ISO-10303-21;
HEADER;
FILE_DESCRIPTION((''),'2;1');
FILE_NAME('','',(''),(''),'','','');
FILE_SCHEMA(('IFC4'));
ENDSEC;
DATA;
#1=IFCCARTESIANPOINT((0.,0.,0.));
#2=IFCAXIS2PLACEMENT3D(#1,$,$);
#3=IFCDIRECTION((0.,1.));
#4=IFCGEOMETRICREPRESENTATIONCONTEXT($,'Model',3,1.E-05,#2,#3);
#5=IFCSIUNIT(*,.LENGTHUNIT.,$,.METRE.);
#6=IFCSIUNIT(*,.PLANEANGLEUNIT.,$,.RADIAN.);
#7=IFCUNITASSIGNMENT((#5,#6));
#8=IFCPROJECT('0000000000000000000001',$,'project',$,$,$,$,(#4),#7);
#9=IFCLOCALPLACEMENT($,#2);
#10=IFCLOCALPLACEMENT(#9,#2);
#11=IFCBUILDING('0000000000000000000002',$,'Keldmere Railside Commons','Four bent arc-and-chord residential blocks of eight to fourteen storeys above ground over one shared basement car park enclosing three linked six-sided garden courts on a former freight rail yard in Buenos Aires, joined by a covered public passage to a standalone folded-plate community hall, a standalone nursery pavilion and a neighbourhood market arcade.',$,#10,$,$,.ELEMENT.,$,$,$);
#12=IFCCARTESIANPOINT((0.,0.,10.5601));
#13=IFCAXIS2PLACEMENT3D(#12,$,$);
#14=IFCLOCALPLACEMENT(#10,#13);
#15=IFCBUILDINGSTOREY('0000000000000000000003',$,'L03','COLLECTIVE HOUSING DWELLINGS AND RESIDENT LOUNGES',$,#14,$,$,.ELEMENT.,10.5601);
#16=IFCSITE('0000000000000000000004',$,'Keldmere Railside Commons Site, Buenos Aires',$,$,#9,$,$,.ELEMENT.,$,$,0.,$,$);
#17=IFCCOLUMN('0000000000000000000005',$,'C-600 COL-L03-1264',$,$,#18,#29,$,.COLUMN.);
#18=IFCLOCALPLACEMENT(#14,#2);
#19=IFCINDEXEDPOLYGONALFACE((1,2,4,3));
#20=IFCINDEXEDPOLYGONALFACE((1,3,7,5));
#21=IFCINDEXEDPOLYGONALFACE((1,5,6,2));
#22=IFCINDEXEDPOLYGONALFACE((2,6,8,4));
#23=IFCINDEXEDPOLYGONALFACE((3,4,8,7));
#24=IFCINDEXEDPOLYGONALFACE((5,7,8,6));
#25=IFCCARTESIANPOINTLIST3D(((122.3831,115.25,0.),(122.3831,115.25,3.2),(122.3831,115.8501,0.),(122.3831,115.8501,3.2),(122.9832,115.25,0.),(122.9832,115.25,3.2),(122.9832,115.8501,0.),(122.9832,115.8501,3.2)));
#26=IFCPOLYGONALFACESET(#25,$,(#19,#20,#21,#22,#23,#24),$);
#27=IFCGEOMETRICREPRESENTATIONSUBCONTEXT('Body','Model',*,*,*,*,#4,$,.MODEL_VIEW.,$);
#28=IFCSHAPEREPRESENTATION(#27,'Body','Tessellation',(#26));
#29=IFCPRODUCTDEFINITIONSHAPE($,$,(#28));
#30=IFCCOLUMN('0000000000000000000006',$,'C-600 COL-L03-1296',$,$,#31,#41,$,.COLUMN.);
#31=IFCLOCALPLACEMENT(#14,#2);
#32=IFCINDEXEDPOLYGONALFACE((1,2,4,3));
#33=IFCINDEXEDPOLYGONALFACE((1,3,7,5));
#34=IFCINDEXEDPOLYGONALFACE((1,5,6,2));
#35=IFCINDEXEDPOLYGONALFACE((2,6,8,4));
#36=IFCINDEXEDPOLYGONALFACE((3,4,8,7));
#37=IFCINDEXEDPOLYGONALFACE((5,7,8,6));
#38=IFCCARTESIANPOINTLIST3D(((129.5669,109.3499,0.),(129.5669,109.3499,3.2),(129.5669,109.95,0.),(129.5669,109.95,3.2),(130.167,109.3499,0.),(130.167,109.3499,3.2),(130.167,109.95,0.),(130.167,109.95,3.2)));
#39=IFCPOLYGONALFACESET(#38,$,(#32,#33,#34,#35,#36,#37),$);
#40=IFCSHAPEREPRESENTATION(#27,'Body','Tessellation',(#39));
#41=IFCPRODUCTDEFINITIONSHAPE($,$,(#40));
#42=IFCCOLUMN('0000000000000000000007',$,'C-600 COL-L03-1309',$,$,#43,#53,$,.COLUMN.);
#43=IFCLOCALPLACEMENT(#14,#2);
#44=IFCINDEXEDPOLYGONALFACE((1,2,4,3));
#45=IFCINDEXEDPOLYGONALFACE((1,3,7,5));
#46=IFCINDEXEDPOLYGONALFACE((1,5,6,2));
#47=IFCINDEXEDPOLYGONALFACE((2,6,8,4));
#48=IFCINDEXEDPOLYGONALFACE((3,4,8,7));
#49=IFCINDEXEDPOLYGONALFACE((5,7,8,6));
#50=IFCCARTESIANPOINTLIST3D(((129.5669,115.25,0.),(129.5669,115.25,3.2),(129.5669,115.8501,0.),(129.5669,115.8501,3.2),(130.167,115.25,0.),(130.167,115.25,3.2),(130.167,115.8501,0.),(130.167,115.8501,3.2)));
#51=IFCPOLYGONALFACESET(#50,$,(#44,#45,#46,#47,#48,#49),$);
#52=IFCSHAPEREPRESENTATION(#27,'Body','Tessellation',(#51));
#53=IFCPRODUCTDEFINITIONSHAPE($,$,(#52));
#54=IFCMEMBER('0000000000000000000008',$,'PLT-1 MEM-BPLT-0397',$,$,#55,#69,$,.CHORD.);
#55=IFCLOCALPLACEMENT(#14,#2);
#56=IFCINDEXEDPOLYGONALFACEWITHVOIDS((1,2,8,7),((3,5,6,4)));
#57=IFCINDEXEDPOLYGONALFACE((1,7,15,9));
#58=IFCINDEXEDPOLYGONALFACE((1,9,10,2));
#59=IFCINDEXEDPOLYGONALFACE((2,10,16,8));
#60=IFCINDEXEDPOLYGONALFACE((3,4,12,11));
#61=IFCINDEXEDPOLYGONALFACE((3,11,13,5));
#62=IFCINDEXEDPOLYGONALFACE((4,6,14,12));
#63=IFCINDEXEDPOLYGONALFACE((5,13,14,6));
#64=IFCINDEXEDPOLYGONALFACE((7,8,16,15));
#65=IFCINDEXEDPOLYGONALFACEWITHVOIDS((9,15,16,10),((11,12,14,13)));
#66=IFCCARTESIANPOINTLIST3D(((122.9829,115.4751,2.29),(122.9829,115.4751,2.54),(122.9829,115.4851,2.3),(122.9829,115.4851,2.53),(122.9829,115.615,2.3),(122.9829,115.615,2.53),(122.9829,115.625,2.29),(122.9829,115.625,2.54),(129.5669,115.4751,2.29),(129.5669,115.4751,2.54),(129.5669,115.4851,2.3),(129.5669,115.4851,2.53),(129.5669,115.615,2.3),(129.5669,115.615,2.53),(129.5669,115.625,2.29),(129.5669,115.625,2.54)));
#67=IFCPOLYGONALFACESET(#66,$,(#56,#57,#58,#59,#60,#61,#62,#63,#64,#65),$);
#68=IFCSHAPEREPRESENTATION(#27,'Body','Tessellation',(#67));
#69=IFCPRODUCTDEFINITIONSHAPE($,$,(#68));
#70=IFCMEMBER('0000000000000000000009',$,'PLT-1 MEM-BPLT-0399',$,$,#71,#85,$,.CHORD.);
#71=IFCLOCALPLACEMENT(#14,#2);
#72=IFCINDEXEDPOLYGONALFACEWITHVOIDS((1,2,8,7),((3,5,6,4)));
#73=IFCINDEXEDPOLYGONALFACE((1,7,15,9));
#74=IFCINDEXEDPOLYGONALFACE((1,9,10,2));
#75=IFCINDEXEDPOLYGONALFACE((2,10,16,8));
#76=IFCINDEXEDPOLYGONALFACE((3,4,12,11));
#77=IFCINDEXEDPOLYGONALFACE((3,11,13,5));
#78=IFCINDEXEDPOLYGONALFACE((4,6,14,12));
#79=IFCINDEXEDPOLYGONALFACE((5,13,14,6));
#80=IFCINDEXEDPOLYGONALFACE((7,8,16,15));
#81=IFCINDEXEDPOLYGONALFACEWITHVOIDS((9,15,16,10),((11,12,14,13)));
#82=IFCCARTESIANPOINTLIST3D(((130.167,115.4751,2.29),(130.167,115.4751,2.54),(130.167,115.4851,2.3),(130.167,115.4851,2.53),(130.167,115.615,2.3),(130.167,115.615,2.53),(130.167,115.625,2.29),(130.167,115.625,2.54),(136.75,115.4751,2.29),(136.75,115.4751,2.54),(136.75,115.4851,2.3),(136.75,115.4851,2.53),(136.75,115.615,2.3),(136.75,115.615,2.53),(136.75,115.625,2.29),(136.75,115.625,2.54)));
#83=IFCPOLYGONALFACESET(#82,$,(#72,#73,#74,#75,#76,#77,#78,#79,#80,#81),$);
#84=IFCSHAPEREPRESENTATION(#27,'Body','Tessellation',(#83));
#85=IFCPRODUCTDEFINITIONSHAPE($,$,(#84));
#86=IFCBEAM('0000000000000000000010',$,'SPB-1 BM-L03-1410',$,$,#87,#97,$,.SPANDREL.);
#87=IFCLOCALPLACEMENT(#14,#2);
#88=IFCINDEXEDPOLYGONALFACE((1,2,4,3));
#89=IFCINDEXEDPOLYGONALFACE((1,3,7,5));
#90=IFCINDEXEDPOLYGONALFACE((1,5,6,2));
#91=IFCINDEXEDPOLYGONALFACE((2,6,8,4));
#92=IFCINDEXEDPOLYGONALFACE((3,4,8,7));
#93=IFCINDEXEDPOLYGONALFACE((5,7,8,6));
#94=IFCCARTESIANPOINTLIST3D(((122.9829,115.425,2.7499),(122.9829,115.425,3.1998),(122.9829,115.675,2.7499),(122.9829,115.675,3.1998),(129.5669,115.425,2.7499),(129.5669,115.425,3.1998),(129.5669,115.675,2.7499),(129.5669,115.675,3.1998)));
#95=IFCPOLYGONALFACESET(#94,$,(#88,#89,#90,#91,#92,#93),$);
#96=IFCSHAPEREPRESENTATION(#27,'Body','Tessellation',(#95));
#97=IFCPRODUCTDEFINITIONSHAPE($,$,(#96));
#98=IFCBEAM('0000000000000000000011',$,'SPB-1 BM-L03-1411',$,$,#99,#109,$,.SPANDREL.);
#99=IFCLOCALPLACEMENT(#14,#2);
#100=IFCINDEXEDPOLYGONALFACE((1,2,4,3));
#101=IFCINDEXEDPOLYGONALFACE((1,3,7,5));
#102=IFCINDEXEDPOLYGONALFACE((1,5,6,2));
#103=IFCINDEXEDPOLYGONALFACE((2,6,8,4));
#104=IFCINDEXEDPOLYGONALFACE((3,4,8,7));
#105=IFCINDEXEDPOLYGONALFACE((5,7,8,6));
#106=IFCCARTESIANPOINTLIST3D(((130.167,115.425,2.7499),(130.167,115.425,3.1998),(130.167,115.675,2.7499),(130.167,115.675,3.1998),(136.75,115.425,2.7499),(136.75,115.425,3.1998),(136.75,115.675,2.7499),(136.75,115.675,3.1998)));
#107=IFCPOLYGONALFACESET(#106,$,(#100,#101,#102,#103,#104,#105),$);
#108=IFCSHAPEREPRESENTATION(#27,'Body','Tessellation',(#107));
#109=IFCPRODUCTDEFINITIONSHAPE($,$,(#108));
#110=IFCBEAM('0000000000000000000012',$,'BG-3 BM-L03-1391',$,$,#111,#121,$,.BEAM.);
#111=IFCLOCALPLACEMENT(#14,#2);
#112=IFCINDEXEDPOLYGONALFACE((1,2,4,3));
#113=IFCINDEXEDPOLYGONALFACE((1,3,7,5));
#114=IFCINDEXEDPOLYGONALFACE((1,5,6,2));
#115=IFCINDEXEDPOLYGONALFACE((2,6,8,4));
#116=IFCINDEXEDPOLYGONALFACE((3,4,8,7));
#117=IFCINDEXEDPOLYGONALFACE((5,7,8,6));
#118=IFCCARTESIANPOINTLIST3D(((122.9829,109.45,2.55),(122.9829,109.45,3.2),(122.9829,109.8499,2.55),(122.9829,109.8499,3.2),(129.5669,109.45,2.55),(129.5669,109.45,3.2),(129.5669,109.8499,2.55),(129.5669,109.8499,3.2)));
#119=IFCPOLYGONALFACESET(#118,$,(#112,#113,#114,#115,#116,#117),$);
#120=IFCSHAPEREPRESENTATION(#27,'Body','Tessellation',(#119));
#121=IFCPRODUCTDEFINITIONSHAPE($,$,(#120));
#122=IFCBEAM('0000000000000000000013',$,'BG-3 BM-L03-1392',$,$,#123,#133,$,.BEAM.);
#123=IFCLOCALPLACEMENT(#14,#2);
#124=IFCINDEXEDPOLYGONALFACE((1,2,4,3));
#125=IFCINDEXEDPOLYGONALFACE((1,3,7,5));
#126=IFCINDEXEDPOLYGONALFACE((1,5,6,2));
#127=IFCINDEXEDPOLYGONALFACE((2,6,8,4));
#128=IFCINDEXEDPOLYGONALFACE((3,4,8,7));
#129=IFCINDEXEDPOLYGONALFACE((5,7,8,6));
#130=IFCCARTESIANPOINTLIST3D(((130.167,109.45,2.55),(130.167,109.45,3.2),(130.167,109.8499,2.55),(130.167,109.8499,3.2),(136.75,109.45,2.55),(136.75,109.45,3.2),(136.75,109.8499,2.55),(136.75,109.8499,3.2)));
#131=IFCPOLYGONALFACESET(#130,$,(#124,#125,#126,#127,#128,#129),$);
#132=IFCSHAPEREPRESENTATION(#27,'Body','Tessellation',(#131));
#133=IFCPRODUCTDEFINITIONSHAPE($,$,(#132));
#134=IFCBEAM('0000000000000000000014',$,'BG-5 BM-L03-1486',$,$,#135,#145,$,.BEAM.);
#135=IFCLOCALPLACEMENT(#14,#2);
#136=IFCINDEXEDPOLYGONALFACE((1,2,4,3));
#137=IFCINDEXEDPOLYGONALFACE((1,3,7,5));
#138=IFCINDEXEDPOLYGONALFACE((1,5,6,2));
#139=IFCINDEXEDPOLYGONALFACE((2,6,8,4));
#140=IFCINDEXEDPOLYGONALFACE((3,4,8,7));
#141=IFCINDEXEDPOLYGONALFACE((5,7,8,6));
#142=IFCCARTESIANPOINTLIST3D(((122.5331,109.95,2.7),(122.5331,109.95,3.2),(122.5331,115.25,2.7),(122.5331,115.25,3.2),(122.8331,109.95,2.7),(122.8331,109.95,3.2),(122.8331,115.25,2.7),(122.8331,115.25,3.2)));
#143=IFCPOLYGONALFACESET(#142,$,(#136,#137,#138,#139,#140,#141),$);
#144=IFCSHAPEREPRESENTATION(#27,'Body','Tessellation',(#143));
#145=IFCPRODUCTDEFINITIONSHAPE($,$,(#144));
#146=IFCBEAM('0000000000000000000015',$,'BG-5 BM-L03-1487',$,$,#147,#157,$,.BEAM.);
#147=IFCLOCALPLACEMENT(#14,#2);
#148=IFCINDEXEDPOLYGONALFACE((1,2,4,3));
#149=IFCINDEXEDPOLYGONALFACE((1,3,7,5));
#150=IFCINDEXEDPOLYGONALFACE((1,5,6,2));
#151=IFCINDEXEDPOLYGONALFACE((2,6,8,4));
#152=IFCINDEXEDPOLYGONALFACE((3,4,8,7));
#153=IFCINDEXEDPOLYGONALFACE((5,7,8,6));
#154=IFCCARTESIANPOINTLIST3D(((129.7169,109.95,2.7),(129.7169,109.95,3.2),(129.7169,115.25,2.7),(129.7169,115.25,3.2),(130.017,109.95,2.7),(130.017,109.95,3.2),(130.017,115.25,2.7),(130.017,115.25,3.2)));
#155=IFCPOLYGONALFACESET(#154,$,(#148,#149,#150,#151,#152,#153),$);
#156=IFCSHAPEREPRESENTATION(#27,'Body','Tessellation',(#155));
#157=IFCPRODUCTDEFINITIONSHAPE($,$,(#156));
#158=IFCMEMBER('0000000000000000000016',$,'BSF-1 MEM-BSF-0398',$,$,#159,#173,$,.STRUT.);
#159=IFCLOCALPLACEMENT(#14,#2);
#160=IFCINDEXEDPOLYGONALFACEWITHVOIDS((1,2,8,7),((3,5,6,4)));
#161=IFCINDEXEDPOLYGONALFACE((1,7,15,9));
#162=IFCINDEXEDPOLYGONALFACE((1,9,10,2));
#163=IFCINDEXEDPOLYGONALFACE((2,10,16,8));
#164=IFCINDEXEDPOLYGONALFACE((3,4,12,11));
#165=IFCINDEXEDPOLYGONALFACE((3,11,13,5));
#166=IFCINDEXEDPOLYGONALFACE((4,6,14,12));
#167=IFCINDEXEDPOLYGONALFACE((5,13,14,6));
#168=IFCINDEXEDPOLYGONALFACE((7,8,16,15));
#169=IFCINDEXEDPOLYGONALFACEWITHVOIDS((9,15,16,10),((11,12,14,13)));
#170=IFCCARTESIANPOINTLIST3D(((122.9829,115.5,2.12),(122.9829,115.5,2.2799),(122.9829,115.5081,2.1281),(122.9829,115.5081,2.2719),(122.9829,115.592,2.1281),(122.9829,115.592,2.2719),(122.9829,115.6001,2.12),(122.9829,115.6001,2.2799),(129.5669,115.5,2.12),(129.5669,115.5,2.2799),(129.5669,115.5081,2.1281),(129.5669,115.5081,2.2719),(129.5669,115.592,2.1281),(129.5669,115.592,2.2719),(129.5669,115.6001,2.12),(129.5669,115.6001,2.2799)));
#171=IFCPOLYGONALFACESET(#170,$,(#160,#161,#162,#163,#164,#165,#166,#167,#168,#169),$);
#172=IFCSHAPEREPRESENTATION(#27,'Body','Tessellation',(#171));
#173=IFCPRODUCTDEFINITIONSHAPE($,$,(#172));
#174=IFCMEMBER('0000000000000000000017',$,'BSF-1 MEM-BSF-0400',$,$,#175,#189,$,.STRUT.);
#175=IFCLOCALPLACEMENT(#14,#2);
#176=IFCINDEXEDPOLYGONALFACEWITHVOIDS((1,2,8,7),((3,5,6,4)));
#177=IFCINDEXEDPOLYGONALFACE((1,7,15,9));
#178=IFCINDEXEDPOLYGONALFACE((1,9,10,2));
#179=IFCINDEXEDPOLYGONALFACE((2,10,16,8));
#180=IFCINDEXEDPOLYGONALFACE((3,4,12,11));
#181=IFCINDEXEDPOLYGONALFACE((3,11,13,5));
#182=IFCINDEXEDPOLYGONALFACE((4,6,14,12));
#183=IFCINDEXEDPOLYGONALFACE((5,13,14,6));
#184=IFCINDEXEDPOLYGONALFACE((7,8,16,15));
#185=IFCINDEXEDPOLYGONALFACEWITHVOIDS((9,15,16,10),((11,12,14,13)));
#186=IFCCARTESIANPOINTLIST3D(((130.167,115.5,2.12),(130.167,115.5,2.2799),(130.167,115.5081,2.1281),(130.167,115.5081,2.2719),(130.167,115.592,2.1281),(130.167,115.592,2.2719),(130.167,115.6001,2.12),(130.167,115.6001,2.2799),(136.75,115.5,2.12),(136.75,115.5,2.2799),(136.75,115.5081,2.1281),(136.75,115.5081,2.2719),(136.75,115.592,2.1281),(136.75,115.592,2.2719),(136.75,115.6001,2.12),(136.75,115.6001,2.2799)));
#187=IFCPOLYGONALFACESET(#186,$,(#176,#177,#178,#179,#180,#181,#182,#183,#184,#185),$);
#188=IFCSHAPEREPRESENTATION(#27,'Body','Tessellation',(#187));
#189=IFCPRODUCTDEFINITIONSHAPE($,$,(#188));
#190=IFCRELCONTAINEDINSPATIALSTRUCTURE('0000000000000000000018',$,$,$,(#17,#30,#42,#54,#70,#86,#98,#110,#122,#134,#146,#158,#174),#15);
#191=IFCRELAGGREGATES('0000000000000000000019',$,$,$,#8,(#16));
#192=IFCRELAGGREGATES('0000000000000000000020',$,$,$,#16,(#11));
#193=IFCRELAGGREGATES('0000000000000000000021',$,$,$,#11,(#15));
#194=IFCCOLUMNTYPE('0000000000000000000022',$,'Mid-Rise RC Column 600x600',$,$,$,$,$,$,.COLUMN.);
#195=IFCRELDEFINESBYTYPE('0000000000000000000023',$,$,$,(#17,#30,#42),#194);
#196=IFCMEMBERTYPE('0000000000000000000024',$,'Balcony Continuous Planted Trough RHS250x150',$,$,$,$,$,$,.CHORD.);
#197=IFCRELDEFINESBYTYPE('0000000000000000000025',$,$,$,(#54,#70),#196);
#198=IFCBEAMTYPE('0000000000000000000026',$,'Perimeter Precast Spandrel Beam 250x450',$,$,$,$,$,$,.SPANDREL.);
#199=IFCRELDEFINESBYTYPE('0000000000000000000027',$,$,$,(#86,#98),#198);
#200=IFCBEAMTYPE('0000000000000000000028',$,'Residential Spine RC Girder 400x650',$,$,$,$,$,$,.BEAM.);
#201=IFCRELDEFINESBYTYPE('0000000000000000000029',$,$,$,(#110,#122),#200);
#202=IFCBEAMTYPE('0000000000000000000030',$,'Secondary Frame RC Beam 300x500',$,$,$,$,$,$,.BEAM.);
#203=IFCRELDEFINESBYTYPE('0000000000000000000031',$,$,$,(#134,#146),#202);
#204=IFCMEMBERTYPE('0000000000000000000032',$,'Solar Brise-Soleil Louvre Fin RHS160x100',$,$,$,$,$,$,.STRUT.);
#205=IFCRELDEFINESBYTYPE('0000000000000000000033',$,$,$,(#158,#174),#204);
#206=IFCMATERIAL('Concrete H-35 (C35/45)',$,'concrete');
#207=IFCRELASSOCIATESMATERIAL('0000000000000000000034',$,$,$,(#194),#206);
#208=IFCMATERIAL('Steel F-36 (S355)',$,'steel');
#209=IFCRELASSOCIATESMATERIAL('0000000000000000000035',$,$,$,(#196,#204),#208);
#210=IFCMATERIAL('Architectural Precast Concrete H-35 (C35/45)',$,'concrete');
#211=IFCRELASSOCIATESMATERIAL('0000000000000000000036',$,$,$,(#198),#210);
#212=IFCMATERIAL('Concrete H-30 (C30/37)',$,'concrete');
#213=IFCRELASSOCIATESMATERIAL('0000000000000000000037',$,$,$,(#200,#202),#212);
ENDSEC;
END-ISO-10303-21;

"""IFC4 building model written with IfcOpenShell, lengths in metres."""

from ifc_helpers import new_model, si_unit, direction, frame, origin, origin_2d, place, context, subcontext, project, spatial, rectangle, hollow_rectangle, extrude, material, material_profile, profile_set, type_object, element, save


model = new_model("IFC4")

# Units and contexts
model_context = context("Model", 3, precision=1e-05, world=origin(), true_north=direction((0.0, 1.0)))
body_context = subcontext(model_context, "Body", "Model", "MODEL_VIEW")
ifc_project = project(units=[si_unit("LENGTHUNIT", "METRE"), si_unit("PLANEANGLEUNIT", "RADIAN")], contexts=[model_context])

# Site, building, storey
site_placement = place(None, origin())
site = spatial("IfcSite", under=ifc_project, at=site_placement, Name="Keldmere Railside Commons Site, Buenos Aires", CompositionType="ELEMENT", RefElevation=0.0)
building_placement = place(site_placement, origin())
building = spatial("IfcBuilding", under=site, at=building_placement, Name="Keldmere Railside Commons", Description="Four bent arc-and-chord residential blocks of eight to fourteen storeys above ground over one shared basement car park enclosing three linked six-sided garden courts on a former freight rail yard in Buenos Aires, joined by a covered public passage to a standalone folded-plate community hall, a standalone nursery pavilion and a neighbourhood market arcade.", CompositionType="ELEMENT")
storey_placement = place(building_placement, frame((0.0, 0.0, 10.5601)))
storey = spatial("IfcBuildingStorey", under=building, at=storey_placement, Name="L03", Description="COLLECTIVE HOUSING DWELLINGS AND RESIDENT LOUNGES", CompositionType="ELEMENT", Elevation=10.5601)

# Columns
ifc_material_1 = material(Name="Concrete H-35 (C35/45)", Category="concrete")
ifc_material_profile_1 = material_profile(ifc_material_1, rectangle(XDim=0.6001, YDim=0.6001, at=origin_2d()), Name="RC-600x600")
ifc_profile_set_1 = profile_set([ifc_material_profile_1], Name="Concrete H-35 (C35/45)")
column_type = type_object("IfcColumnType", Name="Mid-Rise RC Column 600x600", PredefinedType="COLUMN", material=ifc_profile_set_1)
for number, where, z_axis, x_axis, name in (
    (1, (122.6831, 115.55, 0.0), (0.0, 0.0, 1.0), (1.0, 0.0, 0.0), "C-600 COL-L03-1264"),
    (2, (129.8669, 109.6499, 0.0), (0.0, 0.0, 1.0), (1.0, 0.0, 0.0), "C-600 COL-L03-1296"),
    (3, (129.8669, 115.55, 0.0), (0.0, 0.0, 1.0), (1.0, 0.0, 0.0), "C-600 COL-L03-1309"),
):
    element("IfcColumn", number, at=place(storey_placement, frame(where, z_axis=z_axis, x_axis=x_axis)), inside=storey, type_object=column_type, Name=name, PredefinedType="COLUMN", context=body_context, shape_type="SweptSolid", body=[
        extrude(rectangle(XDim=0.6001, YDim=0.6001, at=origin_2d()), origin(), (0.0, 0.0, 1.0), 3.2),
    ])

# Members
ifc_material_2 = material(Name="Steel F-36 (S355)", Category="steel")
ifc_material_profile_2 = material_profile(ifc_material_2, hollow_rectangle(XDim=0.1499, YDim=0.25, WallThickness=0.01, at=origin_2d()), Name="RHS-250x150x10")
ifc_profile_set_2 = profile_set([ifc_material_profile_2], Name="Steel F-36 (S355)")
member_type_1 = type_object("IfcMemberType", Name="Balcony Continuous Planted Trough RHS250x150", PredefinedType="CHORD", material=ifc_profile_set_2)
member_1_placement = place(storey_placement, frame((122.9829, 115.55, 2.415), z_axis=(1.0, 0.0, 0.0), x_axis=(0.0, 1.0, 0.0)))
element("IfcMember", 4, at=member_1_placement, inside=storey, type_object=member_type_1, Name="PLT-1 MEM-BPLT-0397", PredefinedType="CHORD", context=body_context, shape_type="SweptSolid", body=[
    extrude(hollow_rectangle(XDim=0.1499, YDim=0.25, WallThickness=0.01, at=origin_2d()), origin(), (0.0, 0.0, 1.0), 6.584),
])
member_2_placement = place(storey_placement, frame((130.167, 115.55, 2.415), z_axis=(1.0, 0.0, 0.0), x_axis=(0.0, 1.0, 0.0)))
element("IfcMember", 5, at=member_2_placement, inside=storey, type_object=member_type_1, Name="PLT-1 MEM-BPLT-0399", PredefinedType="CHORD", context=body_context, shape_type="SweptSolid", body=[
    extrude(hollow_rectangle(XDim=0.1499, YDim=0.25, WallThickness=0.01, at=origin_2d()), origin(), (0.0, 0.0, 1.0), 6.583),
])

# Beams
ifc_material_3 = material(Name="Architectural Precast Concrete H-35 (C35/45)", Category="concrete")
ifc_material_profile_3 = material_profile(ifc_material_3, rectangle(XDim=0.25, YDim=0.45, at=origin_2d()), Name="RC-250x450")
ifc_profile_set_3 = profile_set([ifc_material_profile_3], Name="Architectural Precast Concrete H-35 (C35/45)")
beam_type_1 = type_object("IfcBeamType", Name="Perimeter Precast Spandrel Beam 250x450", PredefinedType="SPANDREL", material=ifc_profile_set_3)
beam_1_placement = place(storey_placement, frame((122.9829, 115.55, 2.9749), z_axis=(1.0, 0.0, 0.0), x_axis=(0.0, 1.0, 0.0)))
element("IfcBeam", 6, at=beam_1_placement, inside=storey, type_object=beam_type_1, Name="SPB-1 BM-L03-1410", PredefinedType="SPANDREL", context=body_context, shape_type="SweptSolid", body=[
    extrude(rectangle(XDim=0.25, YDim=0.45, at=origin_2d()), origin(), (0.0, 0.0, 1.0), 6.584),
])
beam_2_placement = place(storey_placement, frame((130.167, 115.55, 2.9749), z_axis=(1.0, 0.0, 0.0), x_axis=(0.0, 1.0, 0.0)))
element("IfcBeam", 7, at=beam_2_placement, inside=storey, type_object=beam_type_1, Name="SPB-1 BM-L03-1411", PredefinedType="SPANDREL", context=body_context, shape_type="SweptSolid", body=[
    extrude(rectangle(XDim=0.25, YDim=0.45, at=origin_2d()), origin(), (0.0, 0.0, 1.0), 6.583),
])
ifc_material_4 = material(Name="Concrete H-30 (C30/37)", Category="concrete")
ifc_material_profile_4 = material_profile(ifc_material_4, rectangle(XDim=0.3999, YDim=0.6499, at=origin_2d()), Name="RC-400x650")
ifc_profile_set_4 = profile_set([ifc_material_profile_4], Name="Concrete H-30 (C30/37)")
beam_type_2 = type_object("IfcBeamType", Name="Residential Spine RC Girder 400x650", PredefinedType="BEAM", material=ifc_profile_set_4)
beam_3_placement = place(storey_placement, frame((122.9829, 109.6499, 2.875), z_axis=(1.0, 0.0, 0.0), x_axis=(0.0, 1.0, 0.0)))
element("IfcBeam", 8, at=beam_3_placement, inside=storey, type_object=beam_type_2, Name="BG-3 BM-L03-1391", PredefinedType="BEAM", context=body_context, shape_type="SweptSolid", body=[
    extrude(rectangle(XDim=0.3999, YDim=0.6499, at=origin_2d()), origin(), (0.0, 0.0, 1.0), 6.584),
])
beam_4_placement = place(storey_placement, frame((130.167, 109.6499, 2.875), z_axis=(1.0, 0.0, 0.0), x_axis=(0.0, 1.0, 0.0)))
element("IfcBeam", 9, at=beam_4_placement, inside=storey, type_object=beam_type_2, Name="BG-3 BM-L03-1392", PredefinedType="BEAM", context=body_context, shape_type="SweptSolid", body=[
    extrude(rectangle(XDim=0.3999, YDim=0.6499, at=origin_2d()), origin(), (0.0, 0.0, 1.0), 6.583),
])
ifc_material_profile_5 = material_profile(ifc_material_4, rectangle(XDim=0.3, YDim=0.5, at=origin_2d()), Name="RC-300x500")
ifc_profile_set_5 = profile_set([ifc_material_profile_5], Name="Concrete H-30 (C30/37)")
beam_type_3 = type_object("IfcBeamType", Name="Secondary Frame RC Beam 300x500", PredefinedType="BEAM", material=ifc_profile_set_5)
for number, where, z_axis, x_axis, name in (
    (10, (122.6831, 109.95, 2.95), (0.0, 1.0, 0.0), (-1.0, 0.0, 0.0), "BG-5 BM-L03-1486"),
    (11, (129.8669, 109.95, 2.95), (0.0, 1.0, 0.0), (-1.0, 0.0, 0.0), "BG-5 BM-L03-1487"),
):
    element("IfcBeam", number, at=place(storey_placement, frame(where, z_axis=z_axis, x_axis=x_axis)), inside=storey, type_object=beam_type_3, Name=name, PredefinedType="BEAM", context=body_context, shape_type="SweptSolid", body=[
        extrude(rectangle(XDim=0.3, YDim=0.5, at=origin_2d()), origin(), (0.0, 0.0, 1.0), 5.3),
    ])

# Members
ifc_material_profile_6 = material_profile(ifc_material_2, hollow_rectangle(XDim=0.1001, YDim=0.1599, WallThickness=0.0081, at=origin_2d()), Name="RHS-160x100x8")
ifc_profile_set_6 = profile_set([ifc_material_profile_6], Name="Steel F-36 (S355)")
member_type_2 = type_object("IfcMemberType", Name="Solar Brise-Soleil Louvre Fin RHS160x100", PredefinedType="STRUT", material=ifc_profile_set_6)
member_3_placement = place(storey_placement, frame((122.9829, 115.55, 2.2), z_axis=(1.0, 0.0, 0.0), x_axis=(0.0, 1.0, 0.0)))
element("IfcMember", 12, at=member_3_placement, inside=storey, type_object=member_type_2, Name="BSF-1 MEM-BSF-0398", PredefinedType="STRUT", context=body_context, shape_type="SweptSolid", body=[
    extrude(hollow_rectangle(XDim=0.1001, YDim=0.1599, WallThickness=0.0081, at=origin_2d()), origin(), (0.0, 0.0, 1.0), 6.584),
])
member_4_placement = place(storey_placement, frame((130.167, 115.55, 2.2), z_axis=(1.0, 0.0, 0.0), x_axis=(0.0, 1.0, 0.0)))
element("IfcMember", 13, at=member_4_placement, inside=storey, type_object=member_type_2, Name="BSF-1 MEM-BSF-0400", PredefinedType="STRUT", context=body_context, shape_type="SweptSolid", body=[
    extrude(hollow_rectangle(XDim=0.1001, YDim=0.1599, WallThickness=0.0081, at=origin_2d()), origin(), (0.0, 0.0, 1.0), 6.583),
])

save(model, "model.ifc")
